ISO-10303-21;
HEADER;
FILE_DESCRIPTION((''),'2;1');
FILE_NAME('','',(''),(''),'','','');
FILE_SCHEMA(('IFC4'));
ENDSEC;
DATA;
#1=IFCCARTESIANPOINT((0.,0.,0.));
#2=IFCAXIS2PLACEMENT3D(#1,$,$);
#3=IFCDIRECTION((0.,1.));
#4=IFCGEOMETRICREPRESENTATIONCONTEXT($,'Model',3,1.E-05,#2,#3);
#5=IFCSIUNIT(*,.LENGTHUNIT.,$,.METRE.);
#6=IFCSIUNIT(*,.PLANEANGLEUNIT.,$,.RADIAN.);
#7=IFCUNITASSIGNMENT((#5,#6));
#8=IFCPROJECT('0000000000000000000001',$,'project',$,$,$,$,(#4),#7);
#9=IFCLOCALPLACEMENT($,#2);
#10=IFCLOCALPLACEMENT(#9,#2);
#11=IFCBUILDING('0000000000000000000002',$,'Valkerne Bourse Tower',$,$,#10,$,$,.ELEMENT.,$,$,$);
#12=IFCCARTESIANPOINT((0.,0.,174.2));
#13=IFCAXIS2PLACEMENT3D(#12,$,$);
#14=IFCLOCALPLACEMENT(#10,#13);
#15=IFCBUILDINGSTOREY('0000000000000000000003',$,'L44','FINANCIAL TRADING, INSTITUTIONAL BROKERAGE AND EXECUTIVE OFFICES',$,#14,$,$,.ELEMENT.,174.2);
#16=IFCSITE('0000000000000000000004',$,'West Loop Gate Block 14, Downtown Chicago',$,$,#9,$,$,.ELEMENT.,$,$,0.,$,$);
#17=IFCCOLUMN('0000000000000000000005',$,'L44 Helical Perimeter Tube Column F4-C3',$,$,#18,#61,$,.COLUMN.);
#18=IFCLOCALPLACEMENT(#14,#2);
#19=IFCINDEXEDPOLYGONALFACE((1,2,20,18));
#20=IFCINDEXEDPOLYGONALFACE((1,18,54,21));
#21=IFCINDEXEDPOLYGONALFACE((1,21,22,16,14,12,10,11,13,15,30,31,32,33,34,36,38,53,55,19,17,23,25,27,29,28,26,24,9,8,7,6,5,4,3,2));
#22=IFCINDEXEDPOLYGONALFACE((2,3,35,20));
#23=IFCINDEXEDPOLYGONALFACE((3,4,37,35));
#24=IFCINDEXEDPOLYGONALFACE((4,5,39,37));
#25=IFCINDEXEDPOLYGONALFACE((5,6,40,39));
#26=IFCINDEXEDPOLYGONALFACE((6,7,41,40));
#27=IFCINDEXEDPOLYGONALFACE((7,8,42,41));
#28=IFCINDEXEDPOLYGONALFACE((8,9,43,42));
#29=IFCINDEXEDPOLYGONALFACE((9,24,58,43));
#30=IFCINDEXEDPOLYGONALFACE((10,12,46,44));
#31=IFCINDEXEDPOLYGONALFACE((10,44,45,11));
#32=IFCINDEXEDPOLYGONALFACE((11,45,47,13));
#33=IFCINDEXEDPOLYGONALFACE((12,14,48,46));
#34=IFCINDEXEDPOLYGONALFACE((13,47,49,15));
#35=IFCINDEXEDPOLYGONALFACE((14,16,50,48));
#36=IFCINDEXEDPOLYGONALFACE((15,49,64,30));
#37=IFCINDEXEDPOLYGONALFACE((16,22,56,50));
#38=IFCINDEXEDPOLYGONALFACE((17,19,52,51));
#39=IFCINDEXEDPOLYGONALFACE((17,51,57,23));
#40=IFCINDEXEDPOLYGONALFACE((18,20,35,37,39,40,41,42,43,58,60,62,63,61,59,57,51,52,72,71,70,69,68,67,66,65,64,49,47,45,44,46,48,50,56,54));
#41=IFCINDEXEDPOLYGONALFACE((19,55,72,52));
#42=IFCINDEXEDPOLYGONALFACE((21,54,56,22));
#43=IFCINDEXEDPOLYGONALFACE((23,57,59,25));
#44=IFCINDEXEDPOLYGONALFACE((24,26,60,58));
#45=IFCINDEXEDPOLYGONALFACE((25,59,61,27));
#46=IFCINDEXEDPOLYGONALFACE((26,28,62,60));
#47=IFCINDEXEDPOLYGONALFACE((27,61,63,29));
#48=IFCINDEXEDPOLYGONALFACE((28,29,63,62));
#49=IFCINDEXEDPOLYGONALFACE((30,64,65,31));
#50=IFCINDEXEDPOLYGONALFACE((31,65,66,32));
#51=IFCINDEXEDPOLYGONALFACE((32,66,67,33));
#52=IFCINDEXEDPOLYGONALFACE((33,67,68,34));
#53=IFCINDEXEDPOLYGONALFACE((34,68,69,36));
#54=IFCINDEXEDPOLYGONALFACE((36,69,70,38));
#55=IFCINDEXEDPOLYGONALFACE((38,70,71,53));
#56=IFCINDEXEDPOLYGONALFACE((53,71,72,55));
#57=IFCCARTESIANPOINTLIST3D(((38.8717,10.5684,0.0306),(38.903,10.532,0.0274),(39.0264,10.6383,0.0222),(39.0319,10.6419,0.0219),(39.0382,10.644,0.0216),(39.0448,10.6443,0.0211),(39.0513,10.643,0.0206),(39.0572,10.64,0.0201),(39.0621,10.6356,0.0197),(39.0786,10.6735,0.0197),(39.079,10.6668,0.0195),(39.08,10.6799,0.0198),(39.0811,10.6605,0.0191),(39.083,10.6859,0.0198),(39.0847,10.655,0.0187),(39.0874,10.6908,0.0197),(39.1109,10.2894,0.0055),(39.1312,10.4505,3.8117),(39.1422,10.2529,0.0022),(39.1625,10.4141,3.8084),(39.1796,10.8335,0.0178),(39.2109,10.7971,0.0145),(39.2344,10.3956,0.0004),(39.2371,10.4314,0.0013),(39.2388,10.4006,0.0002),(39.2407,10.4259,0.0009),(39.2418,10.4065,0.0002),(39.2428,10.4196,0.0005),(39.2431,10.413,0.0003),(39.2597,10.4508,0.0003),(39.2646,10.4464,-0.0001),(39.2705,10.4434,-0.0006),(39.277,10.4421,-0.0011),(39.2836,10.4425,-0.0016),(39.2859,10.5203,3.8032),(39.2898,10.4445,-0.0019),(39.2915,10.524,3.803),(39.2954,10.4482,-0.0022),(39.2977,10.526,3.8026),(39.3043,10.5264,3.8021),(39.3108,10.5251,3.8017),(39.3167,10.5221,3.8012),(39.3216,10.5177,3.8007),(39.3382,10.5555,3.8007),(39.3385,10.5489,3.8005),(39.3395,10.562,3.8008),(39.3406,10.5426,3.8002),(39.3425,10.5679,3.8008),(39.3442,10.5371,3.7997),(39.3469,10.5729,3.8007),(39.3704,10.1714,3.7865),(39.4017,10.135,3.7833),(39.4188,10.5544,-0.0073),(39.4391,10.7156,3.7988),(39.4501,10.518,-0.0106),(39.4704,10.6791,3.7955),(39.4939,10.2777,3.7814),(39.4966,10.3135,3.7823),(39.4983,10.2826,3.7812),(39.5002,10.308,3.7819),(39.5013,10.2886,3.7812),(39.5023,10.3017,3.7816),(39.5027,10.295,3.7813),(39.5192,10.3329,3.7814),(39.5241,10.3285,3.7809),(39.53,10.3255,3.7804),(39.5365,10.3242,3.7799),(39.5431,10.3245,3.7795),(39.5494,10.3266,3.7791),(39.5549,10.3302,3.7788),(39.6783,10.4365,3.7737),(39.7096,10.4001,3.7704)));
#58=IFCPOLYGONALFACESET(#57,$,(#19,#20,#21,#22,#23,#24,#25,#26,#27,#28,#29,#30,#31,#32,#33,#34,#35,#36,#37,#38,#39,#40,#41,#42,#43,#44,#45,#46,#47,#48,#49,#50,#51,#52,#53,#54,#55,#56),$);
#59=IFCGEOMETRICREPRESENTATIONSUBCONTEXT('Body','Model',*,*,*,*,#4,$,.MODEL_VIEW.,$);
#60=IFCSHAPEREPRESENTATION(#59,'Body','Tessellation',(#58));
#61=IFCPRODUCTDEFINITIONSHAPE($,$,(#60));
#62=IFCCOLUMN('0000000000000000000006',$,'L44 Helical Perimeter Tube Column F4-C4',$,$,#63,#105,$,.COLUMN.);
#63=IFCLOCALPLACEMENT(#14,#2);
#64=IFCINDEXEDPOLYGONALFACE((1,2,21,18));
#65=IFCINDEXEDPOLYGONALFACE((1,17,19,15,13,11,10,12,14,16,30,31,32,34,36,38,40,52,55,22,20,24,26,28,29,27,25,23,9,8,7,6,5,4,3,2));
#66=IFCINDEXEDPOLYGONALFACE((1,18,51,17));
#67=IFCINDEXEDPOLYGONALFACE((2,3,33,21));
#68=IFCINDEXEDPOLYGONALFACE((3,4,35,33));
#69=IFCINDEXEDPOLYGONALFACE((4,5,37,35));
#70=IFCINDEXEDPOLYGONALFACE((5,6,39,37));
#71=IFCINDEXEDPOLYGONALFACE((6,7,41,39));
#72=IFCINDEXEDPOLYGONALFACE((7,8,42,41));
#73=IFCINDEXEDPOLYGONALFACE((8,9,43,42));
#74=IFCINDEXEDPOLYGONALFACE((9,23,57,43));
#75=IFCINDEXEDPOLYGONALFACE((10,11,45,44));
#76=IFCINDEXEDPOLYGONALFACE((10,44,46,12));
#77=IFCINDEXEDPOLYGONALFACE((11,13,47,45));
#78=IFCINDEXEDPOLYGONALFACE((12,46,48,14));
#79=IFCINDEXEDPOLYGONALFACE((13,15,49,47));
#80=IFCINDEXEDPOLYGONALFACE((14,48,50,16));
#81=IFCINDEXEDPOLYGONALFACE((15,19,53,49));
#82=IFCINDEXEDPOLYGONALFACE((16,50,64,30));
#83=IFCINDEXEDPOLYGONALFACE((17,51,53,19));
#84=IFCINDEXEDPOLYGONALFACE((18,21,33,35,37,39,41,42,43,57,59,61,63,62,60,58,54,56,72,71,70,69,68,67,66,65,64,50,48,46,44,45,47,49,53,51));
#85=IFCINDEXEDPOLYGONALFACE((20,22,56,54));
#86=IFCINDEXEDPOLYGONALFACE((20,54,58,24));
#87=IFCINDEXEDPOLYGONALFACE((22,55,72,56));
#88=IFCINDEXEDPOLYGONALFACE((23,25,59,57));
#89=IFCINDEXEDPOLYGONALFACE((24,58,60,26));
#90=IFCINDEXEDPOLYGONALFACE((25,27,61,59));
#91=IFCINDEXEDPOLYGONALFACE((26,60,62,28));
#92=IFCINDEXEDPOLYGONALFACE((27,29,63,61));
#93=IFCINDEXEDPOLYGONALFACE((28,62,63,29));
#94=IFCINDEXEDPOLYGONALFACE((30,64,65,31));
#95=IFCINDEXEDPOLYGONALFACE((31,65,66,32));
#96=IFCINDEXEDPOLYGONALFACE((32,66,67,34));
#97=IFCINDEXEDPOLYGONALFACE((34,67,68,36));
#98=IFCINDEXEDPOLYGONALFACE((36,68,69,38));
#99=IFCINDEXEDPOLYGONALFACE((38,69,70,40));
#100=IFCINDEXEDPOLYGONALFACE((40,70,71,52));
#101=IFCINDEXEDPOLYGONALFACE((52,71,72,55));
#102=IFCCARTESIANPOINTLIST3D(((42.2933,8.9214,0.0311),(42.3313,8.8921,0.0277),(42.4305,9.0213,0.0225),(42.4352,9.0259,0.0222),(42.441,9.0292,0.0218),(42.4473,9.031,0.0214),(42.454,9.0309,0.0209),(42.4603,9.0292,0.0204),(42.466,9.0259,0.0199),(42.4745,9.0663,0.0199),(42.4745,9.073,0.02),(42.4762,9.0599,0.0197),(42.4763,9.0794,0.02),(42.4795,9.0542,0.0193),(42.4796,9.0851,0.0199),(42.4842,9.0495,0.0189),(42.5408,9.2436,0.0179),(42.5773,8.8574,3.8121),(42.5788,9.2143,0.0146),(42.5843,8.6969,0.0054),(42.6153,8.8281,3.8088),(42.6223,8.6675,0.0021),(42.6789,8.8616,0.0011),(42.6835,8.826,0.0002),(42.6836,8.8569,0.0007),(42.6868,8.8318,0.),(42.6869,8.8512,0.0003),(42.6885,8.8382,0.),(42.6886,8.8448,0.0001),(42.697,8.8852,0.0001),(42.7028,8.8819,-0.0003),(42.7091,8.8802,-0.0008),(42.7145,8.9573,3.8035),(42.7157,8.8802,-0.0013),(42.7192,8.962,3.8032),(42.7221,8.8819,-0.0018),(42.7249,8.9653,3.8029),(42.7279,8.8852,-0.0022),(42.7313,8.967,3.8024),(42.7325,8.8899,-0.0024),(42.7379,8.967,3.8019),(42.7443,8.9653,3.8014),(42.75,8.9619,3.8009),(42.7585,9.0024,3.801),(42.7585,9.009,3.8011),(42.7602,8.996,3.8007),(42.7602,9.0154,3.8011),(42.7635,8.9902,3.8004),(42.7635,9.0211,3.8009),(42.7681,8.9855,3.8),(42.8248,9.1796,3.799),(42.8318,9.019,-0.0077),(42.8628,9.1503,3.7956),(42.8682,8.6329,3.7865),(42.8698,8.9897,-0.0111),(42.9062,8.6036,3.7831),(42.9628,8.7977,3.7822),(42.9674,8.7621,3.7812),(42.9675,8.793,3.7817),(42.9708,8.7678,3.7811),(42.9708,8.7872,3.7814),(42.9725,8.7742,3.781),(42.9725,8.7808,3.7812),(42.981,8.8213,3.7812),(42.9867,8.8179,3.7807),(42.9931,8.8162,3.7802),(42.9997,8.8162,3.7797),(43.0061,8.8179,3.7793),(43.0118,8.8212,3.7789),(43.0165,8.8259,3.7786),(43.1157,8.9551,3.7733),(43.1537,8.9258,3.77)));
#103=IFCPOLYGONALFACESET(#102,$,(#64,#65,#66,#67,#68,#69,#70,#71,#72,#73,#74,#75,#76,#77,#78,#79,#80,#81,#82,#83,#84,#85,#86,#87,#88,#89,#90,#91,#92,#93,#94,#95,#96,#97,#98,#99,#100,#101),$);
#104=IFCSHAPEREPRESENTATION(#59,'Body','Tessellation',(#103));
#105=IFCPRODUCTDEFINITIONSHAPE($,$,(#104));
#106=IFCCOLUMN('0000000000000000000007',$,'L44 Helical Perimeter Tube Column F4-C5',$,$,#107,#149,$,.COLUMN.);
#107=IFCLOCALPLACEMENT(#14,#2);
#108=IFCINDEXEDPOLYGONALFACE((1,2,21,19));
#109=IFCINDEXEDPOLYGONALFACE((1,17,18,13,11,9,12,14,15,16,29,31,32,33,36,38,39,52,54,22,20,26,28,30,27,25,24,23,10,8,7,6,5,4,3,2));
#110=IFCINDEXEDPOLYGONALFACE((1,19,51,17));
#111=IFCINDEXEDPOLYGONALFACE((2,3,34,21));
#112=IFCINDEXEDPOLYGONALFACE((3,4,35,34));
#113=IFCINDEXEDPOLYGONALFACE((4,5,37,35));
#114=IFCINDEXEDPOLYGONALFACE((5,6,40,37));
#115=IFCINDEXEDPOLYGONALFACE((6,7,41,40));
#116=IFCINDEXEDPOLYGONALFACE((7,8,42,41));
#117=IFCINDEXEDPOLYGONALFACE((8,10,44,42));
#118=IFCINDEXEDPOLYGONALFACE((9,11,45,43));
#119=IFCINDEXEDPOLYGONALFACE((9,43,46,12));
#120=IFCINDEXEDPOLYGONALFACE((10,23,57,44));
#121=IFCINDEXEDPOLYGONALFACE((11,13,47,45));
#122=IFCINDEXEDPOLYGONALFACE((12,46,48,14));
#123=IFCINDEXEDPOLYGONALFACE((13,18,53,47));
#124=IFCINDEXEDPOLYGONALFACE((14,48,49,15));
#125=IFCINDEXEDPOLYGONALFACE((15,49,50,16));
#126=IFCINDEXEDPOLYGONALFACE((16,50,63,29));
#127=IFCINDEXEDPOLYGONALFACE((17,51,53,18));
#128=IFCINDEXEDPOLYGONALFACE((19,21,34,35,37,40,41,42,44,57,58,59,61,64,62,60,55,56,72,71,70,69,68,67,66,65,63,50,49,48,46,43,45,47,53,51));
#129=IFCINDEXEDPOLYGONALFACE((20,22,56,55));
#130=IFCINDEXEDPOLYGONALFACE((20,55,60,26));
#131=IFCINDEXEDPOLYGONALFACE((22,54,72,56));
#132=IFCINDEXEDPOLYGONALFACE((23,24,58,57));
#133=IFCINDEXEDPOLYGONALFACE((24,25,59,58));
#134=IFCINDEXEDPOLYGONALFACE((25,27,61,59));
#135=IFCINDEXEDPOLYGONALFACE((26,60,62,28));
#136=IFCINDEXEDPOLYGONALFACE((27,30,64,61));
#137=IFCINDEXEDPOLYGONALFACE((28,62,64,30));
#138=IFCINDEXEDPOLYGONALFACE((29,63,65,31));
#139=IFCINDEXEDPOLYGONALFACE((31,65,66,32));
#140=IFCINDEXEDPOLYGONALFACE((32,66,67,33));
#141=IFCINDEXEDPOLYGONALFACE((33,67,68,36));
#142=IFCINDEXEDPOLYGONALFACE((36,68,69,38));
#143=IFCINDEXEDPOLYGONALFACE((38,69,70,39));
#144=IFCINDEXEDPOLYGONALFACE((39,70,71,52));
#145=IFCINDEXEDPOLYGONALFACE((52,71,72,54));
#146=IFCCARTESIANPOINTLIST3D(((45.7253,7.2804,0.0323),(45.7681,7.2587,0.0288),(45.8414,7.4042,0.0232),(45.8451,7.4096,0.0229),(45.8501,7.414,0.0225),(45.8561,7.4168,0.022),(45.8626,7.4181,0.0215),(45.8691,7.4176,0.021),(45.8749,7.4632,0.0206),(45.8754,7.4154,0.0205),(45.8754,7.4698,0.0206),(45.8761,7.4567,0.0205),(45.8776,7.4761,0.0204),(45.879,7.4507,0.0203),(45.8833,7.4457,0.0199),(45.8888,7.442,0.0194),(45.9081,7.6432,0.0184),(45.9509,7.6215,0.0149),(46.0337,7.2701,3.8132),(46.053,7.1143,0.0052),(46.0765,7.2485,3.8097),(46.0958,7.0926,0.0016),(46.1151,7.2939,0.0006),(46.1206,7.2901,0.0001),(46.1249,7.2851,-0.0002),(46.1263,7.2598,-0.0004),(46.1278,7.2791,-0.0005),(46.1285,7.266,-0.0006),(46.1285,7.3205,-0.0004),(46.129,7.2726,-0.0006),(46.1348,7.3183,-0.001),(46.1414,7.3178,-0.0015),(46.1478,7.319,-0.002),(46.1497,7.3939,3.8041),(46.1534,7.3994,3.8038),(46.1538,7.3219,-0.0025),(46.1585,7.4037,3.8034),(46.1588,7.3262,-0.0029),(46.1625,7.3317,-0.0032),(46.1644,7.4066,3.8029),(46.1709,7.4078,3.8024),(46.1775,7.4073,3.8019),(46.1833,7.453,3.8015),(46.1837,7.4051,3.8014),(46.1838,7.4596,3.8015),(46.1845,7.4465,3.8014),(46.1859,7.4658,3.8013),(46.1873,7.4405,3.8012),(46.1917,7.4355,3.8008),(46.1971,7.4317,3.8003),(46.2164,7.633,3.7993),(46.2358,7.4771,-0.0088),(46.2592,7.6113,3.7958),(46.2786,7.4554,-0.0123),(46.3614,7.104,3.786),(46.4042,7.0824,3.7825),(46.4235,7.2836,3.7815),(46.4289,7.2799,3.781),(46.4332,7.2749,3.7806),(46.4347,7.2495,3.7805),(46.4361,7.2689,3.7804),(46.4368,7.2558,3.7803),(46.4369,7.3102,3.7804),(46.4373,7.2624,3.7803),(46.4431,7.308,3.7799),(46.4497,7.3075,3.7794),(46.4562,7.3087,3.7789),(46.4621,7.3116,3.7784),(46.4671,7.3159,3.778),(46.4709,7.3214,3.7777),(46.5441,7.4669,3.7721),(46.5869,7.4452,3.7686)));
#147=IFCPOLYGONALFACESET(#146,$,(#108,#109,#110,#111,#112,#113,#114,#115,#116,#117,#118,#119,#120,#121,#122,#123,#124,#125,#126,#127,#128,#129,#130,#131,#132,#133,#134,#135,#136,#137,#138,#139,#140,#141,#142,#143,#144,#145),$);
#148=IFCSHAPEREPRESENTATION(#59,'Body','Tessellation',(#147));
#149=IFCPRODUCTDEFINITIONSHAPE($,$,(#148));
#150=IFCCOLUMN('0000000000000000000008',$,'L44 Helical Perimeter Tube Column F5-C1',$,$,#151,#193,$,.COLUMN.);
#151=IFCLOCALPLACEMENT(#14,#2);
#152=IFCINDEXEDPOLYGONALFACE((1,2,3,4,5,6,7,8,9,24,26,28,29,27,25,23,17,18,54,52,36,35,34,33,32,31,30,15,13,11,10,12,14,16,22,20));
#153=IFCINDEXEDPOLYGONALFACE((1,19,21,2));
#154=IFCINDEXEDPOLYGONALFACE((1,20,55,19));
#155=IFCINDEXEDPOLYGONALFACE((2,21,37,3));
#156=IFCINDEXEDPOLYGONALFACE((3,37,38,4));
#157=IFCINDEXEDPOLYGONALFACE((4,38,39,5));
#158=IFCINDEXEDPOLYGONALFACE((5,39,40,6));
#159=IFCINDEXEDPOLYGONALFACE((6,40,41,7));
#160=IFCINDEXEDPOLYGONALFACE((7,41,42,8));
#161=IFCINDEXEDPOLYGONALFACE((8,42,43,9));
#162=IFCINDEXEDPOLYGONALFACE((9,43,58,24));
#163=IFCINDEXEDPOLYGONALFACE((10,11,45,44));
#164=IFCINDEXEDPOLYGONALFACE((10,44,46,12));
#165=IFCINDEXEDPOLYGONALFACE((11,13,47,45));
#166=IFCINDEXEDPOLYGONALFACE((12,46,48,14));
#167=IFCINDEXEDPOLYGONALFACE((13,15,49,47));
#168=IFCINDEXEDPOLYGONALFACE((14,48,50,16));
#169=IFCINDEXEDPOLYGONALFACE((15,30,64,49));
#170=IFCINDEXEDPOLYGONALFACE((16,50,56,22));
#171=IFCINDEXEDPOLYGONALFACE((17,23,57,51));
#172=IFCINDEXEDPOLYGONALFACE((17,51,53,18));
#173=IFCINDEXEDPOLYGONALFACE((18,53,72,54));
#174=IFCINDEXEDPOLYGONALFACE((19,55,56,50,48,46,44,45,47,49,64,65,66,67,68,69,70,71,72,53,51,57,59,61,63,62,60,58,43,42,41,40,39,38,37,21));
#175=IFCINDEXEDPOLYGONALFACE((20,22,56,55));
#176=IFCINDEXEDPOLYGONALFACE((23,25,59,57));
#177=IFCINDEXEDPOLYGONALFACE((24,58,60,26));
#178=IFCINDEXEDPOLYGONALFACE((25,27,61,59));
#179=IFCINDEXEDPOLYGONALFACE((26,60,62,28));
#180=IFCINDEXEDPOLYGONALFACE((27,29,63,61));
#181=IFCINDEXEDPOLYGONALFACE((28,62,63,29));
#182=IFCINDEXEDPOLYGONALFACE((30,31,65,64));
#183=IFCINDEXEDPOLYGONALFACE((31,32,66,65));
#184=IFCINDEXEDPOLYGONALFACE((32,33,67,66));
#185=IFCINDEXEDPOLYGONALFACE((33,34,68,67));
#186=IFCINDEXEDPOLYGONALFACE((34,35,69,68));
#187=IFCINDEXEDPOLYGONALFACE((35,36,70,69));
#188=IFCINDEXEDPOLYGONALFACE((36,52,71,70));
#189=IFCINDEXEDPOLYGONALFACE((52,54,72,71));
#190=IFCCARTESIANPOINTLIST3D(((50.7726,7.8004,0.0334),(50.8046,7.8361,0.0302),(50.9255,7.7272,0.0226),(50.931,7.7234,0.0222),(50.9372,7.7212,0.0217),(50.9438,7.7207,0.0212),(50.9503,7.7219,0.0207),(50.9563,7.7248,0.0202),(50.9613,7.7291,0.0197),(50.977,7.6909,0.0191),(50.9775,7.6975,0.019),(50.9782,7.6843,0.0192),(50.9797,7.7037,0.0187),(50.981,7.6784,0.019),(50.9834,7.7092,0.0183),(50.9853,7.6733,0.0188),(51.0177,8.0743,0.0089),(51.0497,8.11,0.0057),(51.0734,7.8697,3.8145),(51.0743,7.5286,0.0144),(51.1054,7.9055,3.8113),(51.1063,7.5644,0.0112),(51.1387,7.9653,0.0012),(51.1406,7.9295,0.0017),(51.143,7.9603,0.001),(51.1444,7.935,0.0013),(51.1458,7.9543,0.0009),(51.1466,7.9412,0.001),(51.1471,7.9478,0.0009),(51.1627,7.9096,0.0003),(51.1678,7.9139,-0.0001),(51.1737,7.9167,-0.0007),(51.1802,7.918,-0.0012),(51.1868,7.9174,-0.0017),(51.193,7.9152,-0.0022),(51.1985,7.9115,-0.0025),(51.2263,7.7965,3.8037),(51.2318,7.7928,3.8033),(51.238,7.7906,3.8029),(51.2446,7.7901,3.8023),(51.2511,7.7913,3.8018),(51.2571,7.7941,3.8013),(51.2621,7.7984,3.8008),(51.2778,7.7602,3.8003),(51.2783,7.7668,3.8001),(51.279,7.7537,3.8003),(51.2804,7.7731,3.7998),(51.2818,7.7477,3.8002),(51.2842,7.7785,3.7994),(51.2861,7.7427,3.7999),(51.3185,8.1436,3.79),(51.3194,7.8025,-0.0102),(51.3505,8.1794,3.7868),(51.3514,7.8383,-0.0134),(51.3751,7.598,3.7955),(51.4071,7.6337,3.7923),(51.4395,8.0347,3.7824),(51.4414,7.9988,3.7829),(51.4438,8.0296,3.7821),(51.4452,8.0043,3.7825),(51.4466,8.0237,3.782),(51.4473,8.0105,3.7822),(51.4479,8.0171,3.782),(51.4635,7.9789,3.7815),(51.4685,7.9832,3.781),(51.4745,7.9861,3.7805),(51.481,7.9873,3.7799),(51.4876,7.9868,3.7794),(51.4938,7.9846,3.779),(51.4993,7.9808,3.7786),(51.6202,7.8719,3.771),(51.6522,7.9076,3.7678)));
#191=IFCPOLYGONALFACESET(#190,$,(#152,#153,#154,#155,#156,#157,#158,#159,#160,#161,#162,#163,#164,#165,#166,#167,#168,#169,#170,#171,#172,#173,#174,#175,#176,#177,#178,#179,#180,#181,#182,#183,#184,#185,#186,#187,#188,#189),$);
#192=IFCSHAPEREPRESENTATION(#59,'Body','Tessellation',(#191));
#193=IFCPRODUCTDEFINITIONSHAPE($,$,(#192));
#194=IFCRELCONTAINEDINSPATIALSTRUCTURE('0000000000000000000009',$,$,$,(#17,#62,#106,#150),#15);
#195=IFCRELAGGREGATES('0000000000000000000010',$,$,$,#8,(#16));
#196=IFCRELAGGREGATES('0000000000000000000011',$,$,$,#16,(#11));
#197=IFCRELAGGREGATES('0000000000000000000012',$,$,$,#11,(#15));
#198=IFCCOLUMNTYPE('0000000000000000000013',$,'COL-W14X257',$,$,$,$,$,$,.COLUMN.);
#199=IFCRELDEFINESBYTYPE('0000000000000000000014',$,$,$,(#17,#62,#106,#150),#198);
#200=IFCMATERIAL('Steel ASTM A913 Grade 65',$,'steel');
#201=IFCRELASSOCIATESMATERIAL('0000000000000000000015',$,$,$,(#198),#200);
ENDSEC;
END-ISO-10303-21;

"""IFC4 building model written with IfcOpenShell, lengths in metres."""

from ifc_helpers import new_model, si_unit, direction, frame, origin, origin_2d, place, context, subcontext, project, spatial, i_section, extrude, material, material_profile, profile_set, type_object, element, save


model = new_model("IFC4")

# Units and contexts
model_context = context("Model", 3, precision=1e-05, world=origin(), true_north=direction((0.0, 1.0)))
body_context = subcontext(model_context, "Body", "Model", "MODEL_VIEW")
ifc_project = project(units=[si_unit("LENGTHUNIT", "METRE"), si_unit("PLANEANGLEUNIT", "RADIAN")], contexts=[model_context])

# Site, building, storey
site_placement = place(None, origin())
site = spatial("IfcSite", under=ifc_project, at=site_placement, Name="West Loop Gate Block 14, Downtown Chicago", CompositionType="ELEMENT", RefElevation=0.0)
building_placement = place(site_placement, origin())
building = spatial("IfcBuilding", under=site, at=building_placement, Name="Valkerne Bourse Tower", CompositionType="ELEMENT")
storey_placement = place(building_placement, frame((0.0, 0.0, 174.2)))
storey = spatial("IfcBuildingStorey", under=building, at=storey_placement, Name="L44", Description="FINANCIAL TRADING, INSTITUTIONAL BROKERAGE AND EXECUTIVE OFFICES", CompositionType="ELEMENT", Elevation=174.2)

# Columns
ifc_material_1 = material(Name="Steel ASTM A913 Grade 65", Category="steel")
ifc_material_profile_1 = material_profile(ifc_material_1, i_section(OverallWidth=0.4065, OverallDepth=0.4165, WebThickness=0.0298, FlangeThickness=0.0481, FilletRadius=0.0254, at=origin_2d()), Name="W14X257")
ifc_profile_set_1 = profile_set([ifc_material_profile_1], Name="Steel ASTM A913 Grade 65")
column_type = type_object("IfcColumnType", Name="COL-W14X257", PredefinedType="COLUMN", material=ifc_profile_set_1)
column_1_placement = place(storey_placement, frame((39.1609, 10.5432, 0.01), z_axis=(0.068444, -0.031099, 0.99717), x_axis=(0.757457, 0.652117, -0.031653)))
element("IfcColumn", 1, at=column_1_placement, inside=storey, type_object=column_type, Name="L44 Helical Perimeter Tube Column F4-C3", PredefinedType="COLUMN", context=body_context, shape_type="SweptSolid", body=[
    extrude(i_section(OverallWidth=0.4065, OverallDepth=0.4165, WebThickness=0.0298, FlangeThickness=0.0481, FilletRadius=0.0254, at=origin_2d()), origin(), (0.0, 0.0, 1.0), 3.7917),
])
column_2_placement = place(storey_placement, frame((42.5815, 8.9556, 0.01), z_axis=(0.074874, -0.016868, 0.99705), x_axis=(0.608873, 0.792609, -0.032315)))
element("IfcColumn", 2, at=column_2_placement, inside=storey, type_object=column_type, Name="L44 Helical Perimeter Tube Column F4-C4", PredefinedType="COLUMN", context=body_context, shape_type="SweptSolid", body=[
    extrude(i_section(OverallWidth=0.4065, OverallDepth=0.4165, WebThickness=0.0298, FlangeThickness=0.0481, FilletRadius=0.0254, at=origin_2d()), origin(), (0.0, 0.0, 1.0), 3.7922),
])
column_3_placement = place(storey_placement, frame((46.002, 7.3679, 0.01), z_axis=(0.081282, -0.002703, 0.996687), x_axis=(0.449556, 0.892596, -0.034242)))
element("IfcColumn", 3, at=column_3_placement, inside=storey, type_object=column_type, Name="L44 Helical Perimeter Tube Column F4-C5", PredefinedType="COLUMN", context=body_context, shape_type="SweptSolid", body=[
    extrude(i_section(OverallWidth=0.4065, OverallDepth=0.4165, WebThickness=0.0298, FlangeThickness=0.0481, FilletRadius=0.0254, at=origin_2d()), origin(), (0.0, 0.0, 1.0), 3.7935),
])
column_4_placement = place(storey_placement, frame((51.062, 7.8193, 0.01), z_axis=(0.079287, 0.018277, 0.996684), x_axis=(-0.742233, 0.668507, 0.046786)))
element("IfcColumn", 4, at=column_4_placement, inside=storey, type_object=column_type, Name="L44 Helical Perimeter Tube Column F5-C1", PredefinedType="COLUMN", context=body_context, shape_type="SweptSolid", body=[
    extrude(i_section(OverallWidth=0.4065, OverallDepth=0.4165, WebThickness=0.0298, FlangeThickness=0.0481, FilletRadius=0.0254, at=origin_2d()), origin(), (0.0, 0.0, 1.0), 3.7937),
])

save(model, "model.ifc")
